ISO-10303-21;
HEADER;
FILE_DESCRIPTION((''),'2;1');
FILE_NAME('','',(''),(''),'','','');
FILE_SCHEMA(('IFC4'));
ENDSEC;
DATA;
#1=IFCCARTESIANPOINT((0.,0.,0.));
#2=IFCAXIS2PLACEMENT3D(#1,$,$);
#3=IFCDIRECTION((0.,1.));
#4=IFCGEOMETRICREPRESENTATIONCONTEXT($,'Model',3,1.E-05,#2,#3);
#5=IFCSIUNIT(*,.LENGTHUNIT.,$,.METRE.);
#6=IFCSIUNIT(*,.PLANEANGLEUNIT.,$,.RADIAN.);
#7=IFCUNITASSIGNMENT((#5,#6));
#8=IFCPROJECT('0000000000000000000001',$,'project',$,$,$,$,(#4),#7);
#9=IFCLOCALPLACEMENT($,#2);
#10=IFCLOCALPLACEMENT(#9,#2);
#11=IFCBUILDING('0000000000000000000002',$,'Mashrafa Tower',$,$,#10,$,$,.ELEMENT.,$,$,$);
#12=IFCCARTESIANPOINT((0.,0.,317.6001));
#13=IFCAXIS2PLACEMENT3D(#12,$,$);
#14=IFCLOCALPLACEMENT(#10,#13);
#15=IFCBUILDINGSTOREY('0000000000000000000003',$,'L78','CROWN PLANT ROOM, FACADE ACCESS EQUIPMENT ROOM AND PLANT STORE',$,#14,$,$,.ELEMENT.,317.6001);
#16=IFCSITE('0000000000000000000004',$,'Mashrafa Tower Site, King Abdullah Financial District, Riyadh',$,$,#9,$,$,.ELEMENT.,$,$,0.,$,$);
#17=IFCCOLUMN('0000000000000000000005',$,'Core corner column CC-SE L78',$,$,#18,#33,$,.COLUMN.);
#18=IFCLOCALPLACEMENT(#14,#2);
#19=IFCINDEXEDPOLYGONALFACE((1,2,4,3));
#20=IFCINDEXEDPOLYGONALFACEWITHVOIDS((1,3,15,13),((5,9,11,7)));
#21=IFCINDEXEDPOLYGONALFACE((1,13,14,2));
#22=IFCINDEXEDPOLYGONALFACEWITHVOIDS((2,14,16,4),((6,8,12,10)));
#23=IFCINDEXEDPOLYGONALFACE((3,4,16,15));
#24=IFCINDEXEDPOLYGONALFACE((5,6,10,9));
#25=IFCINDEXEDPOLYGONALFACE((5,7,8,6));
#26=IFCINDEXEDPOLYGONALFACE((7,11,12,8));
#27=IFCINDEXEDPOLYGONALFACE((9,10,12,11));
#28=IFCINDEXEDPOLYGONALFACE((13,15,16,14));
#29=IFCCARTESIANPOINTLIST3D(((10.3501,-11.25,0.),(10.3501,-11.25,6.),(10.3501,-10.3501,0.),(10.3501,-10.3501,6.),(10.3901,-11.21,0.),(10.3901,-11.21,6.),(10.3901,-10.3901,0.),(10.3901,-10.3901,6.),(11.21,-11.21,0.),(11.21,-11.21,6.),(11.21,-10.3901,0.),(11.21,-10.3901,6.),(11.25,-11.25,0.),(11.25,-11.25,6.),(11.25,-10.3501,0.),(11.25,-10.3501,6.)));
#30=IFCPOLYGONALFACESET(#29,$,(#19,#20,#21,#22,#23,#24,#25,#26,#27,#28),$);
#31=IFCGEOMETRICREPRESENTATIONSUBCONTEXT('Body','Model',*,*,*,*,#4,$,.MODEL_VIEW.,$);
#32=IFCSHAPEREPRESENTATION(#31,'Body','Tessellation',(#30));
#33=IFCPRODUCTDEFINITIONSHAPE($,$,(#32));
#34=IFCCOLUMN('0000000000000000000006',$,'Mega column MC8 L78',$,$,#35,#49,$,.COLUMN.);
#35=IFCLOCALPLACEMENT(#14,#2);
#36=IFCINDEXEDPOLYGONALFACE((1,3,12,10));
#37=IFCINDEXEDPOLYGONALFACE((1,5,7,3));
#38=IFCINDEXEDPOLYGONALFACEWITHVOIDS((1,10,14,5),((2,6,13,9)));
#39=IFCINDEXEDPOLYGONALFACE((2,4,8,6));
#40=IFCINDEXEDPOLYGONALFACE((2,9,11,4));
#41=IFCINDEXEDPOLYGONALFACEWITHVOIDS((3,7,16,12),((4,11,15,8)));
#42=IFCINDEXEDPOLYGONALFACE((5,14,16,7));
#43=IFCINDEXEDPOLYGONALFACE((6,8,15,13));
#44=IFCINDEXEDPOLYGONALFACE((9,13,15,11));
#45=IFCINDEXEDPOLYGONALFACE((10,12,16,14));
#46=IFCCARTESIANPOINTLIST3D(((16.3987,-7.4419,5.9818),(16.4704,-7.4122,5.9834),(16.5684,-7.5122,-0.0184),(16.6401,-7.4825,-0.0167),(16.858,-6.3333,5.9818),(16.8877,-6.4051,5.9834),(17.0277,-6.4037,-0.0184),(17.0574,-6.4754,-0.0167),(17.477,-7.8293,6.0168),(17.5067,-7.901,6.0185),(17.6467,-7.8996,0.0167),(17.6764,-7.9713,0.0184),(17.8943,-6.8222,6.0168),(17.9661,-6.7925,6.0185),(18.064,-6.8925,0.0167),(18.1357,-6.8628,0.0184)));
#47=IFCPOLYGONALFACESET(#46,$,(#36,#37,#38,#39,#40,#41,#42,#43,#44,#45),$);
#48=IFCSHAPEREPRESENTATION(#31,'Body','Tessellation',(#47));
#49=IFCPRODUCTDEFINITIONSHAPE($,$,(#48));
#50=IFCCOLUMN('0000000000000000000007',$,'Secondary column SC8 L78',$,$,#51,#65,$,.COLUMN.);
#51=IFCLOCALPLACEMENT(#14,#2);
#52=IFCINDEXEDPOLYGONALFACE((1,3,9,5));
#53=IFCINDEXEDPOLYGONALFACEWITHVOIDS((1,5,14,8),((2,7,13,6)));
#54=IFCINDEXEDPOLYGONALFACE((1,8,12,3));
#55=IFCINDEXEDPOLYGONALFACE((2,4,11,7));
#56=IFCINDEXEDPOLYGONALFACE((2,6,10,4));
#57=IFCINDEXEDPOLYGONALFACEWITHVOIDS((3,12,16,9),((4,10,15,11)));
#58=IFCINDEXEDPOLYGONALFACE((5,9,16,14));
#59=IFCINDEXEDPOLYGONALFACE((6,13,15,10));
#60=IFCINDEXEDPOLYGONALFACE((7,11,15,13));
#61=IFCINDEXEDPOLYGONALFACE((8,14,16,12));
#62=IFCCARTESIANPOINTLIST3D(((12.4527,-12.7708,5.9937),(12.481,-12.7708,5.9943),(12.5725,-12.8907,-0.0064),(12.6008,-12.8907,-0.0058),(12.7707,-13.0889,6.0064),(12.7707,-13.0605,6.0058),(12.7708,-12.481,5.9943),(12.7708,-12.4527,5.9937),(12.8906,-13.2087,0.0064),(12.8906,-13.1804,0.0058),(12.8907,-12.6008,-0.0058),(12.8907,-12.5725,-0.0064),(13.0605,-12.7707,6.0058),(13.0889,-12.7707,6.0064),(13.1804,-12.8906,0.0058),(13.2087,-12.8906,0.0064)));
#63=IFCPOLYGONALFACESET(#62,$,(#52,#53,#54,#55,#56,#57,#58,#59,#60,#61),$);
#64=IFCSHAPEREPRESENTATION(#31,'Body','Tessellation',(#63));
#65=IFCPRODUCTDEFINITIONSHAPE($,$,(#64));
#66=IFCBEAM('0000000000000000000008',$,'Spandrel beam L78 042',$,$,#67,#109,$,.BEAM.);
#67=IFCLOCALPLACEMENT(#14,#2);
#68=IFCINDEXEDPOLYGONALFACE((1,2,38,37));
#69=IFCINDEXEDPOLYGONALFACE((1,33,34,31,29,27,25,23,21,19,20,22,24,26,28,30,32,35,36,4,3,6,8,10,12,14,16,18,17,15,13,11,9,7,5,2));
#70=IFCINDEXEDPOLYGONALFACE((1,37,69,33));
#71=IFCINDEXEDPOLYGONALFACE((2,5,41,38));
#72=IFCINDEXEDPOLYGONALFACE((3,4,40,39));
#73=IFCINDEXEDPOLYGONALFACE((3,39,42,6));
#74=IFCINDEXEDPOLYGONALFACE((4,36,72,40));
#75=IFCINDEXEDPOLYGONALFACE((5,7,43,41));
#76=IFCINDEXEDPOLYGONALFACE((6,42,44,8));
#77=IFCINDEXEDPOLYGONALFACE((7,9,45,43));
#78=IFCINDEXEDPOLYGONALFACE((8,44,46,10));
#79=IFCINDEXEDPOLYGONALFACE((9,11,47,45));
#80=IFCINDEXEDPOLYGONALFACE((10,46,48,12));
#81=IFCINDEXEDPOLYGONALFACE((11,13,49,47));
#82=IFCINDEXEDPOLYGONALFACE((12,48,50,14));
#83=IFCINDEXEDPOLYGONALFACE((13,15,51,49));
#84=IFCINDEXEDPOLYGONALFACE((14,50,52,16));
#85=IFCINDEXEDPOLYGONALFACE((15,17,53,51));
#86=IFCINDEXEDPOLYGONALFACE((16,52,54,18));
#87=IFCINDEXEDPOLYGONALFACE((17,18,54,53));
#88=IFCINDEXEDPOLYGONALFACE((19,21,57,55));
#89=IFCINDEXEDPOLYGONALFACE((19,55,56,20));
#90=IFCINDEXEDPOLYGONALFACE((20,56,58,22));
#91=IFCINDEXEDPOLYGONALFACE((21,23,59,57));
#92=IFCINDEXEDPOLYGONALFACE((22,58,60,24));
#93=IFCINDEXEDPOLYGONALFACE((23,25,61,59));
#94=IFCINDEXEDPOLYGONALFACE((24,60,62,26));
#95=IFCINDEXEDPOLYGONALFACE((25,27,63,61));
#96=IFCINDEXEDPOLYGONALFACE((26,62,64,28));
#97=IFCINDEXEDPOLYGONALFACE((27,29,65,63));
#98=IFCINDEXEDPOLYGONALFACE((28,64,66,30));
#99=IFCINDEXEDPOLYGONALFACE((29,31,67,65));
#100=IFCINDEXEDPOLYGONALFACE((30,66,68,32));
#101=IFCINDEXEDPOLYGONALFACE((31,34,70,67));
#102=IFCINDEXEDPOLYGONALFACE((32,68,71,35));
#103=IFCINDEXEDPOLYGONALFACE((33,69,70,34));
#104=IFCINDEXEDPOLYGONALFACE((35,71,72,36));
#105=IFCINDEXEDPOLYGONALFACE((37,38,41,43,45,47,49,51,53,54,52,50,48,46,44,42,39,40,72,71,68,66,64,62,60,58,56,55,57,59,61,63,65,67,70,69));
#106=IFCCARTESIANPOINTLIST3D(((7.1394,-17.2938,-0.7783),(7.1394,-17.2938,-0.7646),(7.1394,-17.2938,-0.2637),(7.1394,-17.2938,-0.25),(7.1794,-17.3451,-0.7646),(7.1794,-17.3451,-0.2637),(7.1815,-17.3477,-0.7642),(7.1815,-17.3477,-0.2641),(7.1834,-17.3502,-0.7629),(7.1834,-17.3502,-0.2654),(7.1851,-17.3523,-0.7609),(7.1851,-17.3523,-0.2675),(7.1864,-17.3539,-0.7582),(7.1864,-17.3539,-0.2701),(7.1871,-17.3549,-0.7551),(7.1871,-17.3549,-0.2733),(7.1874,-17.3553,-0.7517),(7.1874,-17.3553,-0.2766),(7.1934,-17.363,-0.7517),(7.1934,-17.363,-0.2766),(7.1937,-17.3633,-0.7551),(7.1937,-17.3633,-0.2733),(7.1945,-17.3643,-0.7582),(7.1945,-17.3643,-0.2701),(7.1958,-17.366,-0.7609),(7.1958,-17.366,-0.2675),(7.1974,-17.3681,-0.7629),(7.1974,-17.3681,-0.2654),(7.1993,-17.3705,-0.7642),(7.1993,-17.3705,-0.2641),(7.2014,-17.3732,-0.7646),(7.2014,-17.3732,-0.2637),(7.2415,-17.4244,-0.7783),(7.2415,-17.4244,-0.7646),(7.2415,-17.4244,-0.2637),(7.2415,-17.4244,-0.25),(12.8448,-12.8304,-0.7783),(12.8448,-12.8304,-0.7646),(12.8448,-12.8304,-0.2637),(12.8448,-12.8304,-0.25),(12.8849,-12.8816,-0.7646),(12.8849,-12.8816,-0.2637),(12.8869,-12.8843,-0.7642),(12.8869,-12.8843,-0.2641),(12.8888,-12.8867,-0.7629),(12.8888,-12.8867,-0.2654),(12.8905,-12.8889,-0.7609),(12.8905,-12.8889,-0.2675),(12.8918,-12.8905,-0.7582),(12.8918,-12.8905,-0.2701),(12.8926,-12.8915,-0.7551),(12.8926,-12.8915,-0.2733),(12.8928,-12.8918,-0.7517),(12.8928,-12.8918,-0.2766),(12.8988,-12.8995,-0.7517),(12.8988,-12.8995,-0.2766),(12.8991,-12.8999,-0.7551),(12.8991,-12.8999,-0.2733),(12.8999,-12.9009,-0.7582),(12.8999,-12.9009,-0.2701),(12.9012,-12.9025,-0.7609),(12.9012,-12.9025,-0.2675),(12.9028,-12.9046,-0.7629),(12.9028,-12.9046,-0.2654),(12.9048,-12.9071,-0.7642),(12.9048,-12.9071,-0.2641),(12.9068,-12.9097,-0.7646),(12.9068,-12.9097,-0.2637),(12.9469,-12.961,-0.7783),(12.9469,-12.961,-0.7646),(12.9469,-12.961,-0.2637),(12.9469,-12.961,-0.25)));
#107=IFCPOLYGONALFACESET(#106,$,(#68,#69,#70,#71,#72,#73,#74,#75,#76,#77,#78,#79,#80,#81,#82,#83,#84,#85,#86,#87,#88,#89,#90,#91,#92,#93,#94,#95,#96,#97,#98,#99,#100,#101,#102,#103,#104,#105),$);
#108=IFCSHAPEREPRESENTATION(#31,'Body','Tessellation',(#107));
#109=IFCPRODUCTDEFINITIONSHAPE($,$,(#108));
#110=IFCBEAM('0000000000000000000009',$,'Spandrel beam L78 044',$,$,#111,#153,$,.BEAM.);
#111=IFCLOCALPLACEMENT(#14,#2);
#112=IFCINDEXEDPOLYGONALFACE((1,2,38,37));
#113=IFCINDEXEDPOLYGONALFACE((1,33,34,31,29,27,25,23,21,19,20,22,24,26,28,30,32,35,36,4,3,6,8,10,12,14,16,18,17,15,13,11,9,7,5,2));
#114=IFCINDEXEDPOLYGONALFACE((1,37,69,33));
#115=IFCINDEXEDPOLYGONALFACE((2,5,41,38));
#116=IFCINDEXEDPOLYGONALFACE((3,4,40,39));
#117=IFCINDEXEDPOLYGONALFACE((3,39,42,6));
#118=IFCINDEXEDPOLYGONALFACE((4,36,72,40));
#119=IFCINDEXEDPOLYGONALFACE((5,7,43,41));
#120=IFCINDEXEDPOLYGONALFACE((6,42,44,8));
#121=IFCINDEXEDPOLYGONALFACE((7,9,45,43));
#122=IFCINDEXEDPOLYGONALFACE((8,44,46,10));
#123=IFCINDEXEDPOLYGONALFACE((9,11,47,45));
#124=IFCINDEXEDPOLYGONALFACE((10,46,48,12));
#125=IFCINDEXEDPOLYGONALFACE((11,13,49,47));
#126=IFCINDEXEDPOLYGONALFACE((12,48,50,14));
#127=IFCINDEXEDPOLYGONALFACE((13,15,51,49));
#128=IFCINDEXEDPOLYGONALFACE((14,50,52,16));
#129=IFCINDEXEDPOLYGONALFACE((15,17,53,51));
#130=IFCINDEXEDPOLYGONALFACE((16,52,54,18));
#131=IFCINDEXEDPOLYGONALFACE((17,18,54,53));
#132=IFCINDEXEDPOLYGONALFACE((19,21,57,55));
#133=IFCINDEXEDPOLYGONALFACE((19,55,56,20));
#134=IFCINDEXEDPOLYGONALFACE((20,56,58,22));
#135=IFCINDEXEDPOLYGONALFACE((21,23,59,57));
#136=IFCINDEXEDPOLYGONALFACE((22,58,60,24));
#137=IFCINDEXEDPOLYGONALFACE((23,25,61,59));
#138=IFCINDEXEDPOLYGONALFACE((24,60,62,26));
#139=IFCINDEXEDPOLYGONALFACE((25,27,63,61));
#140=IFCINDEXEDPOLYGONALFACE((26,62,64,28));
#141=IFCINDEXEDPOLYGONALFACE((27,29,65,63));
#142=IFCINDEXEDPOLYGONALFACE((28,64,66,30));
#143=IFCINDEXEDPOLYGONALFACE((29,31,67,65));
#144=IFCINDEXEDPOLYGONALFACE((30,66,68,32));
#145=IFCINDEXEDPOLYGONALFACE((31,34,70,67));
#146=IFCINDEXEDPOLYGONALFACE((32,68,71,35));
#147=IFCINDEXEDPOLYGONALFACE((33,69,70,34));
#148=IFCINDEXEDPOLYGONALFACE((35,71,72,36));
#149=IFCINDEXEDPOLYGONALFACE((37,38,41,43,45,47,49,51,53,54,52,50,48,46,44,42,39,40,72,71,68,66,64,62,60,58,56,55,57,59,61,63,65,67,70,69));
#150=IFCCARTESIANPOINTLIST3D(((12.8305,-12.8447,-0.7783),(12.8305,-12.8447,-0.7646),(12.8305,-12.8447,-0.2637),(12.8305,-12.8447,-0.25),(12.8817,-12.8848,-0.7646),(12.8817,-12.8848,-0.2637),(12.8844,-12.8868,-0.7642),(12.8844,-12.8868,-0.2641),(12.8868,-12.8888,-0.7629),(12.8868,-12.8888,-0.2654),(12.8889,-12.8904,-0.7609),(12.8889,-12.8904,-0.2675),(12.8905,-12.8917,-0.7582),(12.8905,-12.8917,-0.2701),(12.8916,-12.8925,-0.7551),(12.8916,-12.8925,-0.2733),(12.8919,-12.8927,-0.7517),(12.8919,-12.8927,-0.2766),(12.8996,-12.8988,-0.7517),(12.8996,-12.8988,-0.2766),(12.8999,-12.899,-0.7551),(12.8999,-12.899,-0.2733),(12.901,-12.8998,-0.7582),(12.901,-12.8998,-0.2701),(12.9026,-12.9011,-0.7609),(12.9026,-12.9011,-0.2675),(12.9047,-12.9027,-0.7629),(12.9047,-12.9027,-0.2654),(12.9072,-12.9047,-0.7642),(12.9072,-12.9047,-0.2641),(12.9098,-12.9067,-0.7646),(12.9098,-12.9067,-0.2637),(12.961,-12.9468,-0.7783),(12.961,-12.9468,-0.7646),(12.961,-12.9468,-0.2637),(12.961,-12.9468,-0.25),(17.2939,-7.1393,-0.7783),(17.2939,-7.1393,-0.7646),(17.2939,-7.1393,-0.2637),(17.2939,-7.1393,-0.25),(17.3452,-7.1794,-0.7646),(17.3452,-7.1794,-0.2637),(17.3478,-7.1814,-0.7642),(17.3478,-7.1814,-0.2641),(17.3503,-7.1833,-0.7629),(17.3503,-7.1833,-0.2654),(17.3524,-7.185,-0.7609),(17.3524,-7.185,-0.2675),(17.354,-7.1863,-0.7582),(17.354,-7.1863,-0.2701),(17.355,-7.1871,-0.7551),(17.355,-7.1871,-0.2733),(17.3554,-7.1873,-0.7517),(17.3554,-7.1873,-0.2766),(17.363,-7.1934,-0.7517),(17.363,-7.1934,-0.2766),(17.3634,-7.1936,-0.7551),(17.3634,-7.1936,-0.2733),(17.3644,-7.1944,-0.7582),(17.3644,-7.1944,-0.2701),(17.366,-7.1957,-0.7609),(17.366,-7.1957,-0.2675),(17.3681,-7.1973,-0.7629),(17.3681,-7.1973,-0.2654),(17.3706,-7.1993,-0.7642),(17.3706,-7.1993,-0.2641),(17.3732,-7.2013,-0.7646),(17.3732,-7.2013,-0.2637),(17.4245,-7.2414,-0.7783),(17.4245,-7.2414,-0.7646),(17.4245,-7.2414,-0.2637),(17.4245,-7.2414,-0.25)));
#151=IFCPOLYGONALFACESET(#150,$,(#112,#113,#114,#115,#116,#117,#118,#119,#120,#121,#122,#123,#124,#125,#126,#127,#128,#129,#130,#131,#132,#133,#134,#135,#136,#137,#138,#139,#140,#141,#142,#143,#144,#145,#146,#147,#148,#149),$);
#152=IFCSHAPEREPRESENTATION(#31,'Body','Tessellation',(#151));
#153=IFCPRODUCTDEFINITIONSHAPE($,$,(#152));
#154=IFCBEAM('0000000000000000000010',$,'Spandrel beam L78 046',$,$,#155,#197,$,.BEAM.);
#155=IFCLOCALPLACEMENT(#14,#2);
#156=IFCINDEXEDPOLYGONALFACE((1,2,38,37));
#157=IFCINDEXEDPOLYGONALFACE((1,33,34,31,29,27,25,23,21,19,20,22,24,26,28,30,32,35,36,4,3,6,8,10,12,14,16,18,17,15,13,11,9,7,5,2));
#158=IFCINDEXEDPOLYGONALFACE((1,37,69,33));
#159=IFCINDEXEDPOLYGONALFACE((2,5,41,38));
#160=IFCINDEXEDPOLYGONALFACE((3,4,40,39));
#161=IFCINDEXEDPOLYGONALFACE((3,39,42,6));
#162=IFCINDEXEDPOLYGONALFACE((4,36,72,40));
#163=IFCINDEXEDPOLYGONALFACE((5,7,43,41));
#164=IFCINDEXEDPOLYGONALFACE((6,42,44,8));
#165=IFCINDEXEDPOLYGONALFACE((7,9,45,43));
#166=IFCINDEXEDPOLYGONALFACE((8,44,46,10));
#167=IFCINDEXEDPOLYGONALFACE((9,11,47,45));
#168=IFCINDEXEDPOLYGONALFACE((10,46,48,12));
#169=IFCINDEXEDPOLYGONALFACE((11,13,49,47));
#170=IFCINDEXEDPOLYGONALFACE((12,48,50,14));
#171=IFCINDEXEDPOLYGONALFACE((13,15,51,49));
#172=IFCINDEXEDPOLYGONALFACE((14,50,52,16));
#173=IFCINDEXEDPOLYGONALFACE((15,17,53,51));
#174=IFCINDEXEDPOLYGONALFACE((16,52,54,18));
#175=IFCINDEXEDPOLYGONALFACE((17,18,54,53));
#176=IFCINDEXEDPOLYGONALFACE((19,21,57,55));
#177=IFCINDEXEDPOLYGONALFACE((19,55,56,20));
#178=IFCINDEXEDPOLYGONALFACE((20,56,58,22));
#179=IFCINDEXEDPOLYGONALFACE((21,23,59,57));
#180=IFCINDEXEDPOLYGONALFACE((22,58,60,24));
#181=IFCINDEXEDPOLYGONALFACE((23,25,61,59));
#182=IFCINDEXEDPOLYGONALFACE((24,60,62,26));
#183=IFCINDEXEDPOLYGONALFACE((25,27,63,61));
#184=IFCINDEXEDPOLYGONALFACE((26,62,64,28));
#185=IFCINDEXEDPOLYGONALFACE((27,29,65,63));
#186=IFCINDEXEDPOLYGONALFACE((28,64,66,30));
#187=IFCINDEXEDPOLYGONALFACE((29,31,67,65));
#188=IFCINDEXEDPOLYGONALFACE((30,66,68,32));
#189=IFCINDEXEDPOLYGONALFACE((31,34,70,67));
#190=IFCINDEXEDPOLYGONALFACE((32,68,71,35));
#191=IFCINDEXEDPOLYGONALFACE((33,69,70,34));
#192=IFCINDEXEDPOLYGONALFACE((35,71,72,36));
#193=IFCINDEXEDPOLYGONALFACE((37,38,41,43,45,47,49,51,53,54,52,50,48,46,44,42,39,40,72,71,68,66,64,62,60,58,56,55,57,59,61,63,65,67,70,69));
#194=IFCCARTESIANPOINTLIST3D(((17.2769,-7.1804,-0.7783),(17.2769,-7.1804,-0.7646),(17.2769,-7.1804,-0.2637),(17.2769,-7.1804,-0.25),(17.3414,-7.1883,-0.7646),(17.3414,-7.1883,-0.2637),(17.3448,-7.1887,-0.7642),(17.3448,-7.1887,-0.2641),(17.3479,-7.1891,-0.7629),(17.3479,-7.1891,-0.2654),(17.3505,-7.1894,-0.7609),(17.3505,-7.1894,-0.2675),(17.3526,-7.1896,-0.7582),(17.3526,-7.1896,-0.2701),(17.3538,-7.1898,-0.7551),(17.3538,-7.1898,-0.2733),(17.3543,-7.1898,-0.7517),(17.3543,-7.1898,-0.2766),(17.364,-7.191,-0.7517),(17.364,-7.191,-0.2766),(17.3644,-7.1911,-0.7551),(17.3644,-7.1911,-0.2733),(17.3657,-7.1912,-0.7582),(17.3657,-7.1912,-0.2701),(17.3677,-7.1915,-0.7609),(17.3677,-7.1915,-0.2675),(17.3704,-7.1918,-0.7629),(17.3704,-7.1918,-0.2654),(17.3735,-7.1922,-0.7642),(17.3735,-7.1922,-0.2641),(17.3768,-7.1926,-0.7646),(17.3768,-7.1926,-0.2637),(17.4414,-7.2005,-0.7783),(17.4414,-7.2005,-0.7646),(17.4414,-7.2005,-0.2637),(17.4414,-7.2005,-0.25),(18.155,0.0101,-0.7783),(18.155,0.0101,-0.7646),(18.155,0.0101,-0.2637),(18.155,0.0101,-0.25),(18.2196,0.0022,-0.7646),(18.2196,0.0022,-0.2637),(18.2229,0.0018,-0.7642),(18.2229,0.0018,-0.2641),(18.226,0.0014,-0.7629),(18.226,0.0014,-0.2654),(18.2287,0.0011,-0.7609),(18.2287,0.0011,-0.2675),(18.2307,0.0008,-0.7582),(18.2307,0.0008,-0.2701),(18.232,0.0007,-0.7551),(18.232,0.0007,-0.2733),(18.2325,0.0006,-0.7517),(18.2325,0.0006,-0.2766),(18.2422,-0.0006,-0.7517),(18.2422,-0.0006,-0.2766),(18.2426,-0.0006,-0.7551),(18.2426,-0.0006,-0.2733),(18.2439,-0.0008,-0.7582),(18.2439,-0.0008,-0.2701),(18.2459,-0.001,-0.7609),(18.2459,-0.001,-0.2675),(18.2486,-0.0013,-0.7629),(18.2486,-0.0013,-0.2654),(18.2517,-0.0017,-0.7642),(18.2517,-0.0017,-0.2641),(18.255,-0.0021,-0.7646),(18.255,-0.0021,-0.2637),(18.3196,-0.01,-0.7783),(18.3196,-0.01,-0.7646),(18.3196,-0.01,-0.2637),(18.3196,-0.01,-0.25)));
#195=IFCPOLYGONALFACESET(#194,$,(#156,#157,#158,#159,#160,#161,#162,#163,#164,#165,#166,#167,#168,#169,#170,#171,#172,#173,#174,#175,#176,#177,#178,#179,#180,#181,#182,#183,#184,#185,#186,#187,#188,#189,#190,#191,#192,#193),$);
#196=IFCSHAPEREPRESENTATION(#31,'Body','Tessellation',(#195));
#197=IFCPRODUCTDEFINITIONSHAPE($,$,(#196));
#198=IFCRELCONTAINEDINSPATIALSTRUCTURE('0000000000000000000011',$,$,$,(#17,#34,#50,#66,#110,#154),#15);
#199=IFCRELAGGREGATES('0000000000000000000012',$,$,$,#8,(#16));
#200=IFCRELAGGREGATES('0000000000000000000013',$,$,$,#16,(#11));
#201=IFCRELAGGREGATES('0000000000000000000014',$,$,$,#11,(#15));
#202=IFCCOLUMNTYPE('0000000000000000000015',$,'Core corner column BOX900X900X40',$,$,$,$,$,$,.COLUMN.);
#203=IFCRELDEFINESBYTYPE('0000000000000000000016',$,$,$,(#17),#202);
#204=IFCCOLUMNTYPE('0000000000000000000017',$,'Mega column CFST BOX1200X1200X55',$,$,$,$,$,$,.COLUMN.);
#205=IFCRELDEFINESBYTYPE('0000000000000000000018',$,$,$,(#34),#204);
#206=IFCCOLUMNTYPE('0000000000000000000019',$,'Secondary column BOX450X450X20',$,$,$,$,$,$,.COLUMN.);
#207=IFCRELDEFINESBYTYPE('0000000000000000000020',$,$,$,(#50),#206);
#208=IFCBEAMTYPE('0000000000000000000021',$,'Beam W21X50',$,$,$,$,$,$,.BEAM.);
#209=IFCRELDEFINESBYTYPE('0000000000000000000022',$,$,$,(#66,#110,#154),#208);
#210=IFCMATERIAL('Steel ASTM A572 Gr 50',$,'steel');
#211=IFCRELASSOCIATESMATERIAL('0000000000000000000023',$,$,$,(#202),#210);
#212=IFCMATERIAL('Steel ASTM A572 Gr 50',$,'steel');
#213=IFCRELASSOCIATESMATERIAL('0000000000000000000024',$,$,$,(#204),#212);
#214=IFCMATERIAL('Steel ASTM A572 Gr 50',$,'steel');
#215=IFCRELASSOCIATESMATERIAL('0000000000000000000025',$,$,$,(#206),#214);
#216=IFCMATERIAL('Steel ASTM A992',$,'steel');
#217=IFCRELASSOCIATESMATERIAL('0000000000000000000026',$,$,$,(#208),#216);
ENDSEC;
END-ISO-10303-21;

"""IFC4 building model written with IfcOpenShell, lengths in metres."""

from ifc_helpers import new_model, si_unit, direction, frame, origin, origin_2d, place, context, subcontext, project, spatial, hollow_rectangle, i_section, extrude, material, material_profile, profile_set, type_object, element, save


model = new_model("IFC4")

# Units and contexts
model_context = context("Model", 3, precision=1e-05, world=origin(), true_north=direction((0.0, 1.0)))
body_context = subcontext(model_context, "Body", "Model", "MODEL_VIEW")
ifc_project = project(units=[si_unit("LENGTHUNIT", "METRE"), si_unit("PLANEANGLEUNIT", "RADIAN")], contexts=[model_context])

# Site, building, storey
site_placement = place(None, origin())
site = spatial("IfcSite", under=ifc_project, at=site_placement, Name="Mashrafa Tower Site, King Abdullah Financial District, Riyadh", CompositionType="ELEMENT", RefElevation=0.0)
building_placement = place(site_placement, origin())
building = spatial("IfcBuilding", under=site, at=building_placement, Name="Mashrafa Tower", CompositionType="ELEMENT")
storey_placement = place(building_placement, frame((0.0, 0.0, 317.6001)))
storey = spatial("IfcBuildingStorey", under=building, at=storey_placement, Name="L78", Description="CROWN PLANT ROOM, FACADE ACCESS EQUIPMENT ROOM AND PLANT STORE", CompositionType="ELEMENT", Elevation=317.6001)

# Columns
ifc_material_1 = material(Name="Steel ASTM A572 Gr 50", Category="steel")
ifc_material_profile_1 = material_profile(ifc_material_1, hollow_rectangle(XDim=0.8999, YDim=0.8999, WallThickness=0.04, at=origin_2d()), Name="BOX900X900X40")
ifc_profile_set_1 = profile_set([ifc_material_profile_1], Name="Steel ASTM A572 Gr 50")
column_type_1 = type_object("IfcColumnType", Name="Core corner column BOX900X900X40", PredefinedType="COLUMN", material=ifc_profile_set_1)
column_1_placement = place(storey_placement, frame((10.8, -10.8, 0.0), z_axis=(0.0, 0.0, 1.0), x_axis=(1.0, 0.0, 0.0)))
element("IfcColumn", 1, at=column_1_placement, inside=storey, type_object=column_type_1, Name="Core corner column CC-SE L78", PredefinedType="COLUMN", context=body_context, shape_type="SweptSolid", body=[
    extrude(hollow_rectangle(XDim=0.8999, YDim=0.8999, WallThickness=0.04, at=origin_2d()), origin(), (0.0, 0.0, 1.0), 6.0),
])
ifc_material_2 = material(Name="Steel ASTM A572 Gr 50", Category="steel")
ifc_material_profile_2 = material_profile(ifc_material_2, hollow_rectangle(XDim=1.2, YDim=1.2, WallThickness=0.0549, at=origin_2d()), Name="BOX1200X1200X55")
ifc_profile_set_2 = profile_set([ifc_material_profile_2], Name="Steel ASTM A572 Gr 50")
column_type_2 = type_object("IfcColumnType", Name="Mega column CFST BOX1200X1200X55", PredefinedType="COLUMN", material=ifc_profile_set_2)
column_2_placement = place(storey_placement, frame((17.3521, -7.1875, 0.0), z_axis=(-0.028266, 0.011713, 0.999532), x_axis=(-0.382821, -0.923822, 0.0)))
element("IfcColumn", 2, at=column_2_placement, inside=storey, type_object=column_type_2, Name="Mega column MC8 L78", PredefinedType="COLUMN", context=body_context, shape_type="SweptSolid", body=[
    extrude(hollow_rectangle(XDim=1.2, YDim=1.2, WallThickness=0.0549, at=origin_2d()), origin(), (0.0, 0.0, 1.0), 6.0029),
])
ifc_material_3 = material(Name="Steel ASTM A572 Gr 50", Category="steel")
ifc_material_profile_3 = material_profile(ifc_material_3, hollow_rectangle(XDim=0.45, YDim=0.45, WallThickness=0.02, at=origin_2d()), Name="BOX450X450X20")
ifc_profile_set_3 = profile_set([ifc_material_profile_3], Name="Steel ASTM A572 Gr 50")
column_type_3 = type_object("IfcColumnType", Name="Secondary column BOX450X450X20", PredefinedType="COLUMN", material=ifc_profile_set_3)
column_3_placement = place(storey_placement, frame((12.8906, -12.8906, 0.0), z_axis=(-0.019971, 0.019971, 0.999601), x_axis=(-0.707107, -0.707107, 0.0)))
element("IfcColumn", 3, at=column_3_placement, inside=storey, type_object=column_type_3, Name="Secondary column SC8 L78", PredefinedType="COLUMN", context=body_context, shape_type="SweptSolid", body=[
    extrude(hollow_rectangle(XDim=0.45, YDim=0.45, WallThickness=0.02, at=origin_2d()), origin(), (0.0, 0.0, 1.0), 6.0024),
])

# Beams
ifc_material_4 = material(Name="Steel ASTM A992", Category="steel")
ifc_material_profile_4 = material_profile(ifc_material_4, i_section(OverallWidth=0.1658, OverallDepth=0.5283, WebThickness=0.0098, FlangeThickness=0.0137, FilletRadius=0.0129, at=origin_2d()), Name="W21X50")
ifc_profile_set_4 = profile_set([ifc_material_profile_4], Name="Steel ASTM A992")
beam_type_1 = type_object("IfcBeamType", Name="Beam W21X50", PredefinedType="BEAM", material=ifc_profile_set_4)
for number, where, z_axis, x_axis, name in (
    (4, (7.1904, -17.3591, -0.5142), (0.787616, 0.616166, 0.0), (-0.616166, 0.787616, 0.0), "Spandrel beam L78 042"),
    (5, (12.8958, -12.8958, -0.5142), (0.616166, 0.787616, 0.0), (-0.787616, 0.616166, 0.0), "Spandrel beam L78 044"),
    (6, (17.3591, -7.1904, -0.5142), (0.12123, 0.992624, 0.0), (-0.992624, 0.12123, 0.0), "Spandrel beam L78 046"),
):
    element("IfcBeam", number, at=place(storey_placement, frame(where, z_axis=z_axis, x_axis=x_axis)), inside=storey, type_object=beam_type_1, Name=name, PredefinedType="BEAM", context=body_context, shape_type="SweptSolid", body=[
        extrude(i_section(OverallWidth=0.1658, OverallDepth=0.5283, WebThickness=0.0098, FlangeThickness=0.0137, FilletRadius=0.0129, at=origin_2d()), origin(), (0.0, 0.0, 1.0), 7.2439),
    ])

save(model, "model.ifc")
